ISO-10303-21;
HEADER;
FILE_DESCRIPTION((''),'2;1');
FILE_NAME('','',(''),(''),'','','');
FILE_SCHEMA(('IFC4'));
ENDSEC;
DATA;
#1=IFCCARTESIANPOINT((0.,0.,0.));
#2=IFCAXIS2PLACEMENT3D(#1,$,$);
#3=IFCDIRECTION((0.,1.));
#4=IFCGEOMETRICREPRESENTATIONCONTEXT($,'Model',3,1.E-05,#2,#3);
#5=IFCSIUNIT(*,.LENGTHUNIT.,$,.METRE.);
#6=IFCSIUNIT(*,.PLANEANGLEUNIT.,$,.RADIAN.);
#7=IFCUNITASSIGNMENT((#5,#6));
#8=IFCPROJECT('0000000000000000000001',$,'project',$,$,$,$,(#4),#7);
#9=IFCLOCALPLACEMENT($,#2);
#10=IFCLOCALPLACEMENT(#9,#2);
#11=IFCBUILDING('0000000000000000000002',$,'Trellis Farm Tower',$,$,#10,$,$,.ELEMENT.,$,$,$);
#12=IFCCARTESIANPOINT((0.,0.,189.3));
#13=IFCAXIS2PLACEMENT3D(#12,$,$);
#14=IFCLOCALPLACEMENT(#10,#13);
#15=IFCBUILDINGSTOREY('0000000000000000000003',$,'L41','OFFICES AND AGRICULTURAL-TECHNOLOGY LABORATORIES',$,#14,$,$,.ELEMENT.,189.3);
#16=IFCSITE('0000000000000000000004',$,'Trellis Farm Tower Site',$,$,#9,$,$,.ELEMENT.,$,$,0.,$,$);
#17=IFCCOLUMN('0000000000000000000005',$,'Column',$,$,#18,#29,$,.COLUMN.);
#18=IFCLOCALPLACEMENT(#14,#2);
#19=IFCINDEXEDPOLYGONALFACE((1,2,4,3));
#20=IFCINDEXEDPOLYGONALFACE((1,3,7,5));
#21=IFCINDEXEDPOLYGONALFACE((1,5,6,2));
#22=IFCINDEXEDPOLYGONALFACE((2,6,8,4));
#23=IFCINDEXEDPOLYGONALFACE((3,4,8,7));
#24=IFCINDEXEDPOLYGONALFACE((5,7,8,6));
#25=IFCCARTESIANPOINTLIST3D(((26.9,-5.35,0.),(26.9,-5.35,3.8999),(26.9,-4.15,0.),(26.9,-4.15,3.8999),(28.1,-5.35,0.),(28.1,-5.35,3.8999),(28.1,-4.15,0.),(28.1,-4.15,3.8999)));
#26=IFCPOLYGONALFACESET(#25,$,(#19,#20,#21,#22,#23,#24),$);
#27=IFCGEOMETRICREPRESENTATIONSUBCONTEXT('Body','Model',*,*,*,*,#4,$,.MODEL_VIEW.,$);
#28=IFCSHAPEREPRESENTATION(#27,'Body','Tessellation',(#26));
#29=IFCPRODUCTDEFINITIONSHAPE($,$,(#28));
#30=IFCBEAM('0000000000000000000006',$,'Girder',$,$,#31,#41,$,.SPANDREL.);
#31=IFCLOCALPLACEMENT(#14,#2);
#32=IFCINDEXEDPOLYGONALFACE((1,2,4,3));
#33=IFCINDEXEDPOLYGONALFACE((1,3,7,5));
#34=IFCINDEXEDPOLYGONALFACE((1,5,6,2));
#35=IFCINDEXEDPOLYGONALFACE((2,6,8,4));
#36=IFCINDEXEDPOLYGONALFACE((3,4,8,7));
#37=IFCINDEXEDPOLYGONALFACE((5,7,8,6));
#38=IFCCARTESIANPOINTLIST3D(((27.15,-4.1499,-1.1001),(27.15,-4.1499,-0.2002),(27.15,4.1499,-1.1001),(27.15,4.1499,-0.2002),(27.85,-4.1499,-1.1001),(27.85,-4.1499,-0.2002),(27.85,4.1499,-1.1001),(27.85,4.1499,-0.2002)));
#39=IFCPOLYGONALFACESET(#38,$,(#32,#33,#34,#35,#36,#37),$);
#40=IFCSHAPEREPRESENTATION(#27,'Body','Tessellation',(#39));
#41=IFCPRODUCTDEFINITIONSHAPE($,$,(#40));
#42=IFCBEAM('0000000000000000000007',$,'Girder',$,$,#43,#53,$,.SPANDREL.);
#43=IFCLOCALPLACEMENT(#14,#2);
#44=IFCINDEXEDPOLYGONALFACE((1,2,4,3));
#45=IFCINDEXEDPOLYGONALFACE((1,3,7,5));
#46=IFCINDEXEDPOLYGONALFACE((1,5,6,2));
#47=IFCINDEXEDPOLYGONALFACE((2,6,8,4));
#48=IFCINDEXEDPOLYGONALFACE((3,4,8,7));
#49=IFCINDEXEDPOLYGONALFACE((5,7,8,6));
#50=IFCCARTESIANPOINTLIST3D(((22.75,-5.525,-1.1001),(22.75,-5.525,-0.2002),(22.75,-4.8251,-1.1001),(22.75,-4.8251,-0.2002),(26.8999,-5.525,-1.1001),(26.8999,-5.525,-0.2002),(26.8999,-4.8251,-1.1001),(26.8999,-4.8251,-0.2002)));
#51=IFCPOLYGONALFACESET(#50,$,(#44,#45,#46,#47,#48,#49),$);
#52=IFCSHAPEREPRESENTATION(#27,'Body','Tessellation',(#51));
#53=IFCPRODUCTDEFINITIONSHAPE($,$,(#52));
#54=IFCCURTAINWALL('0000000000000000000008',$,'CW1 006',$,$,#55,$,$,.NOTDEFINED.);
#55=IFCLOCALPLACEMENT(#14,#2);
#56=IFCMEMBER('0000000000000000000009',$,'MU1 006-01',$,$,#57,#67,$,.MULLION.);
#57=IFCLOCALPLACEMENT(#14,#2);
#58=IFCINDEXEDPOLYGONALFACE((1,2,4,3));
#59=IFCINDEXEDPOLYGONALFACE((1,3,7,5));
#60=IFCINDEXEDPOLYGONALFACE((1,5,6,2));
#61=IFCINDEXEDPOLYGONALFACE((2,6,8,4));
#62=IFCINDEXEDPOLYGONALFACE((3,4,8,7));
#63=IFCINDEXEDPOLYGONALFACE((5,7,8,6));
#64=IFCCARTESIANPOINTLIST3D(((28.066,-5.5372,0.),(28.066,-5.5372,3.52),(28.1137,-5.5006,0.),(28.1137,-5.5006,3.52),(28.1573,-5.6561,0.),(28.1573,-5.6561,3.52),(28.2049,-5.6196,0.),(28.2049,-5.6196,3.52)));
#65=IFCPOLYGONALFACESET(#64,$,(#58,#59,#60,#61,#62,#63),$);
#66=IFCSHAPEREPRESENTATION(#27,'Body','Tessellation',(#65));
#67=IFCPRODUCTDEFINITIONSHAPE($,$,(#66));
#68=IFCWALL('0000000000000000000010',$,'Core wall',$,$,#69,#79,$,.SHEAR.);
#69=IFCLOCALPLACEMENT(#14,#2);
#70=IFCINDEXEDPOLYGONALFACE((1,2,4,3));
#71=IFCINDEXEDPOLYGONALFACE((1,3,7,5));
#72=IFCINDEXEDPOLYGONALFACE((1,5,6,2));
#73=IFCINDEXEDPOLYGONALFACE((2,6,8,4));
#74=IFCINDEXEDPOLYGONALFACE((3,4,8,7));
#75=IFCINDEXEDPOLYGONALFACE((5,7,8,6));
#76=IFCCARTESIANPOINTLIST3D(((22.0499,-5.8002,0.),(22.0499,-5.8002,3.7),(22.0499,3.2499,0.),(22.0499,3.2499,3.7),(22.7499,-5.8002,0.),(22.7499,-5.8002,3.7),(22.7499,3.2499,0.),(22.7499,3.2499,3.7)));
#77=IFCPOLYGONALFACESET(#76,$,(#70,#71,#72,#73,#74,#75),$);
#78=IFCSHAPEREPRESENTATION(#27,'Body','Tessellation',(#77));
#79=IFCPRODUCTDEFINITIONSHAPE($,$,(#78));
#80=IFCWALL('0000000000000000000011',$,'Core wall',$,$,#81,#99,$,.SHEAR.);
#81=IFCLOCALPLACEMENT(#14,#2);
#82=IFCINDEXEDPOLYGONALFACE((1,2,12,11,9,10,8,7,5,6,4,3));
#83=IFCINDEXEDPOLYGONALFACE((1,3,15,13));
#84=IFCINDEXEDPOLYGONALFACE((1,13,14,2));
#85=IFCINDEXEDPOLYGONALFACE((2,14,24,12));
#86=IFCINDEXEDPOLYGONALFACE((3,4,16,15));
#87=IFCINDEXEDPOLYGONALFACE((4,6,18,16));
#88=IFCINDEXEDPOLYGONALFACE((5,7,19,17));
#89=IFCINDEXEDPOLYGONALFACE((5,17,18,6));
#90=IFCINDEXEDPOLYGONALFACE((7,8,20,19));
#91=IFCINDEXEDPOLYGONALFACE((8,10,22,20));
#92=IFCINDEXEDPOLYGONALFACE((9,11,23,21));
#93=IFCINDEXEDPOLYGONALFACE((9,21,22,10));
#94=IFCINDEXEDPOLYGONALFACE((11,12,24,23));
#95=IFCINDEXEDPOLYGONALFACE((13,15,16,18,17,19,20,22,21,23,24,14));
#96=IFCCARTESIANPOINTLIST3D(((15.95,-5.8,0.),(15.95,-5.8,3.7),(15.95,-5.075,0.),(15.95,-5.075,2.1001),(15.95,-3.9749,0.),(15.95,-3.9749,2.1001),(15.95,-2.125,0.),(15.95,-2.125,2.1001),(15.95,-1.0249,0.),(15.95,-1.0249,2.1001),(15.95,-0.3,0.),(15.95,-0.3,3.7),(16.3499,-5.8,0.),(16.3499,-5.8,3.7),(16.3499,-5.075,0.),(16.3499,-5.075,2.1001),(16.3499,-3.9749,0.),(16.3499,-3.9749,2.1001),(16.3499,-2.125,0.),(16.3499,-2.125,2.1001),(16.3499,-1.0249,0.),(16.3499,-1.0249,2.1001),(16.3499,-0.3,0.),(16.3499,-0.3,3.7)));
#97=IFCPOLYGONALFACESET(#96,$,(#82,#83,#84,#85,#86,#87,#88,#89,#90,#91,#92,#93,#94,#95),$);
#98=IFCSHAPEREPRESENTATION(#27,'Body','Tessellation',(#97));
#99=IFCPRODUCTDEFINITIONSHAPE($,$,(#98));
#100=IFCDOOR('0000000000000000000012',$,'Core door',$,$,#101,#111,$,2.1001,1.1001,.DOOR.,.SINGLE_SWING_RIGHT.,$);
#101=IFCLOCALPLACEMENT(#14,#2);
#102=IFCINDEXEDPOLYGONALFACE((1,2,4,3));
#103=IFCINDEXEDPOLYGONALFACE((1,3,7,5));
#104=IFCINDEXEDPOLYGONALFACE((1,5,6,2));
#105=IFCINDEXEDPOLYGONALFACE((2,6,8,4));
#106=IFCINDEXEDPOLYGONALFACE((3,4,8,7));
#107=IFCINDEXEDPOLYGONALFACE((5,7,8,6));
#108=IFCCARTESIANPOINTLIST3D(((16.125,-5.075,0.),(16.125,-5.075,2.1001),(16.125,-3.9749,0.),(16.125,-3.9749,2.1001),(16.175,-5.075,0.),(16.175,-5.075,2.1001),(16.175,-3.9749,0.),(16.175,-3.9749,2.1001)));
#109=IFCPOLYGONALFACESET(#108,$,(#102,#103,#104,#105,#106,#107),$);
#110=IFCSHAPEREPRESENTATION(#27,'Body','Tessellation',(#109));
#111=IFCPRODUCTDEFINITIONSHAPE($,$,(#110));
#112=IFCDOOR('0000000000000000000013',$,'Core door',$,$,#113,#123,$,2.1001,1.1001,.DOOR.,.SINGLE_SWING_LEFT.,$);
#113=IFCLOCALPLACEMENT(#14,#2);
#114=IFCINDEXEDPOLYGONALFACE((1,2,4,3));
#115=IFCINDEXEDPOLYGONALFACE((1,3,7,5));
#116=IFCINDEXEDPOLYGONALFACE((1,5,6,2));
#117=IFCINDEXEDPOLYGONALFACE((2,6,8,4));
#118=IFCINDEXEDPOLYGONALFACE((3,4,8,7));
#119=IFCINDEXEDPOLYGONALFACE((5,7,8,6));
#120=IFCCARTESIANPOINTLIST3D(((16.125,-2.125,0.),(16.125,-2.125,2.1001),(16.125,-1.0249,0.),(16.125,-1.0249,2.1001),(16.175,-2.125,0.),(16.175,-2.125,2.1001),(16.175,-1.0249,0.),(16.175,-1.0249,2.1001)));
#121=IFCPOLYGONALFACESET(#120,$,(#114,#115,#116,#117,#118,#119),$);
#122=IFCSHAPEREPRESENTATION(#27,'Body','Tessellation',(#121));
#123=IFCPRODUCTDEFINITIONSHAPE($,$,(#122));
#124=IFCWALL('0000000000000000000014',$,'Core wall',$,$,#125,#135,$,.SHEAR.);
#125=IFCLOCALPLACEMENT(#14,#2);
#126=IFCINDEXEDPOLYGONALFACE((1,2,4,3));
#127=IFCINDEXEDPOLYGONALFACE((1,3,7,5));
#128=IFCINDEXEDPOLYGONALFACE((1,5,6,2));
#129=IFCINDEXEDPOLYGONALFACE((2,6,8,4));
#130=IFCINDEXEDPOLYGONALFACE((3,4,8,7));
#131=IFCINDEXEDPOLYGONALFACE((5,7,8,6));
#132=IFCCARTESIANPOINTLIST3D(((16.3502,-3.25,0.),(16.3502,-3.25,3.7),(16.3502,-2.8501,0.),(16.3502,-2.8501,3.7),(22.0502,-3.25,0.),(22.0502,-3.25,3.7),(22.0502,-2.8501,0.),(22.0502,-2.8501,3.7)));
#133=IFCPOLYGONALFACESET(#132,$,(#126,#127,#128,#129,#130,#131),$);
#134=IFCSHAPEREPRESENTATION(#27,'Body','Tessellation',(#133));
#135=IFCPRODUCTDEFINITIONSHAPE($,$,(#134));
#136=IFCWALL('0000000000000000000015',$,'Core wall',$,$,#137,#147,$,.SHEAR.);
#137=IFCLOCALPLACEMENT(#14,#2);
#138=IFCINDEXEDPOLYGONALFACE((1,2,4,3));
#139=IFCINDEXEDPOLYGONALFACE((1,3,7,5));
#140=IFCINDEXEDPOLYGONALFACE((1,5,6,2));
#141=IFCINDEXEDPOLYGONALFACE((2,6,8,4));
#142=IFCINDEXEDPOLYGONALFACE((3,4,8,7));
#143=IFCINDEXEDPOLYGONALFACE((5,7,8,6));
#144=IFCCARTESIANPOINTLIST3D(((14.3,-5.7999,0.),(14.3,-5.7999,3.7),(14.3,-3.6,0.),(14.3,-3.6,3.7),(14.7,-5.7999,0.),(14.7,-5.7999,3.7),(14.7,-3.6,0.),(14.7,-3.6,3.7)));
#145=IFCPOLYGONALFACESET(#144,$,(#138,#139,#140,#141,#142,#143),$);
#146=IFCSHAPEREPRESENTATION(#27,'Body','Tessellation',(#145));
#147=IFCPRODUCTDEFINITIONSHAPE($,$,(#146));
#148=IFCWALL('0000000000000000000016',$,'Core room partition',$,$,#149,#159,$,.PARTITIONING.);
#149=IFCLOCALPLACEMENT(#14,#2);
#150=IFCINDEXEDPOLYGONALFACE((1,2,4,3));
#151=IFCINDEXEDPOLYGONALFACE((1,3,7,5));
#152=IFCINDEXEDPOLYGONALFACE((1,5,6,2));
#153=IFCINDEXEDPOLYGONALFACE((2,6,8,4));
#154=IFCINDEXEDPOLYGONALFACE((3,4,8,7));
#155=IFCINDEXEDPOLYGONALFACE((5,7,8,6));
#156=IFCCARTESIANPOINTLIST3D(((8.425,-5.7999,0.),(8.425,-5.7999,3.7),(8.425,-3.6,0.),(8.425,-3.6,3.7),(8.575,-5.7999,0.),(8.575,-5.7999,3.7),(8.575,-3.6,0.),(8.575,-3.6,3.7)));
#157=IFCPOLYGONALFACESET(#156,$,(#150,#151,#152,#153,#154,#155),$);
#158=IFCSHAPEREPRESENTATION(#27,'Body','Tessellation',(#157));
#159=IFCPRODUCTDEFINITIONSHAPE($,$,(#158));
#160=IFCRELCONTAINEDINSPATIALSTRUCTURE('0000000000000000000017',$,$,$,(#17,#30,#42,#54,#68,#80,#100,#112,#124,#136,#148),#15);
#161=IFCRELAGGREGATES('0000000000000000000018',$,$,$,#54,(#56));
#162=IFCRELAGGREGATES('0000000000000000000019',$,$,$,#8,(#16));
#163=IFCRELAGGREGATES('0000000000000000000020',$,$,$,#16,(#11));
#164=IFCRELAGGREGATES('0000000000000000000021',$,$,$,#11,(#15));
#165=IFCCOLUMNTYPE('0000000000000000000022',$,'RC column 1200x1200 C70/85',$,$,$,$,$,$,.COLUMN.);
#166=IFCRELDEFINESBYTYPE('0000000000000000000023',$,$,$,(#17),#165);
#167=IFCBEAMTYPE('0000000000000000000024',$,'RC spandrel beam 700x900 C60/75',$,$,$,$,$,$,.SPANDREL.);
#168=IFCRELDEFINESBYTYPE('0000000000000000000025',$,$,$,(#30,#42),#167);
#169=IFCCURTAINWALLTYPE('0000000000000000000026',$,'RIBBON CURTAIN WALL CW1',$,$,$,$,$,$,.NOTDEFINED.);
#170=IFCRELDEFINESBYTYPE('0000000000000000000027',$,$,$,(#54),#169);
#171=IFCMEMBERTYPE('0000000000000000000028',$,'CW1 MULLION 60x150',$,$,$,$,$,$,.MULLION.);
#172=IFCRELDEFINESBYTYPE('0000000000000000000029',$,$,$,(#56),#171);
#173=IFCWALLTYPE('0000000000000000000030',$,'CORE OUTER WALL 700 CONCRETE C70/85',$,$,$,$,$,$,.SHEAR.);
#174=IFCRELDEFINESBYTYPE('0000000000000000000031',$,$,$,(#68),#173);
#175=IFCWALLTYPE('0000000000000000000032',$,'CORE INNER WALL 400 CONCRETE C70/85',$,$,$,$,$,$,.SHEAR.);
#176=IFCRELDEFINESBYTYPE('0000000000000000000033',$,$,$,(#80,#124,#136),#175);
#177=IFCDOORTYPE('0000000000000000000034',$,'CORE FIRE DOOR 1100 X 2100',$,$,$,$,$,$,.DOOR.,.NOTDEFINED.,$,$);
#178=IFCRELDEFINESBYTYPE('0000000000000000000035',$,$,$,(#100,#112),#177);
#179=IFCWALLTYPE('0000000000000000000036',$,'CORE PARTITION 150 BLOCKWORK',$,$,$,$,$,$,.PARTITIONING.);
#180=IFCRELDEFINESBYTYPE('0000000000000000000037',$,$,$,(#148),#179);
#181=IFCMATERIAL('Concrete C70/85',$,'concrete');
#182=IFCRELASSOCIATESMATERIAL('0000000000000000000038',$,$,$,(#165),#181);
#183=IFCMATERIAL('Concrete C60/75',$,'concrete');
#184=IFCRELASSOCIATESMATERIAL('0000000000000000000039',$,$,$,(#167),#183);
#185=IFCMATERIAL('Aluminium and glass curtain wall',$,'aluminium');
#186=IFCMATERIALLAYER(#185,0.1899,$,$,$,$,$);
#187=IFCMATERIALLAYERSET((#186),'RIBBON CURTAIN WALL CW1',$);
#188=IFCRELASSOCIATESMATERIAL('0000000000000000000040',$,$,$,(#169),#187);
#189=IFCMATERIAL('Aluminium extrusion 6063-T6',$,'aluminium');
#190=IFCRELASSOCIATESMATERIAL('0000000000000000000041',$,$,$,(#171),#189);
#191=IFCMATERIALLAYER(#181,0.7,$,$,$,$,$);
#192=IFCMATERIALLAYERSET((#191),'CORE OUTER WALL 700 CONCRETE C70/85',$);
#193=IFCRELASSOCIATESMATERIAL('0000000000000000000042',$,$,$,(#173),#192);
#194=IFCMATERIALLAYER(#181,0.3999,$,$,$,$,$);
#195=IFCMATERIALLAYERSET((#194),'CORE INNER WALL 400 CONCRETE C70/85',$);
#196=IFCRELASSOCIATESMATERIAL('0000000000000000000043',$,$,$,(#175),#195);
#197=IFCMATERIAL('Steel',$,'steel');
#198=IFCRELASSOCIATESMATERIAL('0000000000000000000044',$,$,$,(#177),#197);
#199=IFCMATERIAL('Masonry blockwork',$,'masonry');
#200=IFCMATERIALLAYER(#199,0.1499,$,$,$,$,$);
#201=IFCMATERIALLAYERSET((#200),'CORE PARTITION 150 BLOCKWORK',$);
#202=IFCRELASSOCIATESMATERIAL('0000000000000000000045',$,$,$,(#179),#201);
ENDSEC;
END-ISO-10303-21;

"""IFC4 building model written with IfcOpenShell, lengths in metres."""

from ifc_helpers import new_model, si_unit, direction, frame, frame_2d, origin, origin_2d, place, context, subcontext, project, spatial, rectangle, extrude, source, transform, mapped, material, layer, layer_set, material_profile, profile_set, type_object, element, fill, aggregate, save


model = new_model("IFC4")

# Units and contexts
model_context = context("Model", 3, precision=1e-05, world=origin(), true_north=direction((0.0, 1.0)))
body_context = subcontext(model_context, "Body", "Model", "MODEL_VIEW")
ifc_project = project(units=[si_unit("LENGTHUNIT", "METRE"), si_unit("PLANEANGLEUNIT", "RADIAN")], contexts=[model_context])

# Site, building, storey
site_placement = place(None, origin())
site = spatial("IfcSite", under=ifc_project, at=site_placement, Name="Trellis Farm Tower Site", CompositionType="ELEMENT", RefElevation=0.0)
building_placement = place(site_placement, origin())
building = spatial("IfcBuilding", under=site, at=building_placement, Name="Trellis Farm Tower", CompositionType="ELEMENT")
storey_placement = place(building_placement, frame((0.0, 0.0, 189.3)))
storey = spatial("IfcBuildingStorey", under=building, at=storey_placement, Name="L41", Description="OFFICES AND AGRICULTURAL-TECHNOLOGY LABORATORIES", CompositionType="ELEMENT", Elevation=189.3)

# Column
ifc_material_1 = material(Name="Concrete C70/85", Category="concrete")
ifc_material_profile_1 = material_profile(ifc_material_1, rectangle(XDim=1.2, YDim=1.2, at=origin_2d()), Name="RC column 1200x1200 C70/85")
ifc_profile_set_1 = profile_set([ifc_material_profile_1], Name="Concrete C70/85")
column_type = type_object("IfcColumnType", Name="RC column 1200x1200 C70/85", PredefinedType="COLUMN", material=ifc_profile_set_1)
shared_shape_1 = source(origin(), body_context, "Body", "SweptSolid", [
    extrude(rectangle(XDim=1.2, YDim=1.2, at=origin_2d()), origin(), (0.0, 0.0, 1.0), 3.8999),
])
column_placement = place(storey_placement, frame((27.5, -4.75, 0.0), z_axis=(0.0, 0.0, 1.0), x_axis=(1.0, 0.0, 0.0)))
element("IfcColumn", 1, at=column_placement, inside=storey, type_object=column_type, Name="Column", PredefinedType="COLUMN", context=body_context, shape_type="MappedRepresentation", body=[
    mapped(shared_shape_1, transform((0.0, 0.0, 0.0))),
])

# Beams
ifc_material_2 = material(Name="Concrete C60/75", Category="concrete")
ifc_material_profile_2 = material_profile(ifc_material_2, rectangle(XDim=0.7, YDim=0.8999, at=origin_2d()), Name="RC spandrel beam 700x900 C60/75")
ifc_profile_set_2 = profile_set([ifc_material_profile_2], Name="Concrete C60/75")
beam_type = type_object("IfcBeamType", Name="RC spandrel beam 700x900 C60/75", PredefinedType="SPANDREL", material=ifc_profile_set_2)
shared_shape_2 = source(origin(), body_context, "Body", "SweptSolid", [
    extrude(rectangle(XDim=0.7, YDim=0.8999, at=origin_2d()), origin(), (0.0, 0.0, 1.0), 8.2998),
])
beam_1_placement = place(storey_placement, frame((27.5, -4.1499, -0.6501), z_axis=(0.0, 1.0, 0.0), x_axis=(-1.0, 0.0, 0.0)))
element("IfcBeam", 2, at=beam_1_placement, inside=storey, type_object=beam_type, Name="Girder", PredefinedType="SPANDREL", context=body_context, shape_type="MappedRepresentation", body=[
    mapped(shared_shape_2, transform((0.0, 0.0, 0.0))),
])
shared_shape_3 = source(origin(), body_context, "Body", "SweptSolid", [
    extrude(rectangle(XDim=0.7, YDim=0.8999, at=origin_2d()), origin(), (0.0, 0.0, 1.0), 4.1499),
])
beam_2_placement = place(storey_placement, frame((22.75, -5.175, -0.6501), z_axis=(1.0, 0.0, 0.0), x_axis=(0.0, 1.0, 0.0)))
element("IfcBeam", 3, at=beam_2_placement, inside=storey, type_object=beam_type, Name="Girder", PredefinedType="SPANDREL", context=body_context, shape_type="MappedRepresentation", body=[
    mapped(shared_shape_3, transform((0.0, 0.0, 0.0))),
])

# Curtain wall, member
ifc_material_3 = material(Name="Aluminium and glass curtain wall", Category="aluminium")
ifc_layer_1 = layer(ifc_material_3, 0.1899)
ifc_layer_set_1 = layer_set([ifc_layer_1], Name="RIBBON CURTAIN WALL CW1")
curtain_wall_type = type_object("IfcCurtainWallType", Name="RIBBON CURTAIN WALL CW1", PredefinedType="NOTDEFINED", material=ifc_layer_set_1)
placement = place(storey_placement, origin())
curtain_wall = element("IfcCurtainWall", 4, at=placement, inside=storey, type_object=curtain_wall_type, Name="CW1 006", PredefinedType="NOTDEFINED")
ifc_material_4 = material(Name="Aluminium extrusion 6063-T6", Category="aluminium")
ifc_material_profile_3 = material_profile(ifc_material_4, rectangle(XDim=0.0601, YDim=0.1499, at=origin_2d()), Name="MULLION 60x150")
ifc_profile_set_3 = profile_set([ifc_material_profile_3], Name="Aluminium extrusion 6063-T6")
member_type = type_object("IfcMemberType", Name="CW1 MULLION 60x150", PredefinedType="MULLION", material=ifc_profile_set_3)
shared_shape_4 = source(origin(), body_context, "Body", "SweptSolid", [
    extrude(rectangle(XDim=0.0601, YDim=0.1499, at=origin_2d()), origin(), (0.0, 0.0, 1.0), 3.52),
])
member_placement = place(storey_placement, frame((28.1355, -5.5784, 0.0), z_axis=(0.0, 0.0, 1.0), x_axis=(0.793353, 0.608761, 0.0)))
member = element("IfcMember", 5, at=member_placement, type_object=member_type, Name="MU1 006-01", PredefinedType="MULLION", context=body_context, shape_type="MappedRepresentation", body=[
    mapped(shared_shape_4, transform((0.0, 0.0, 0.0))),
])
aggregate(curtain_wall, [member])

# Wall
ifc_layer_2 = layer(ifc_material_1, 0.7)
ifc_layer_set_2 = layer_set([ifc_layer_2], Name="CORE OUTER WALL 700 CONCRETE C70/85")
wall_type_1 = type_object("IfcWallType", Name="CORE OUTER WALL 700 CONCRETE C70/85", PredefinedType="SHEAR", material=ifc_layer_set_2)
shared_shape_5 = source(origin(), body_context, "Body", "SweptSolid", [
    extrude(rectangle(XDim=9.05, YDim=0.7, at=frame_2d((4.5249, 0.0))), origin(), (0.0, 0.0, 1.0), 3.7),
])
wall_1_placement = place(storey_placement, frame((22.3999, -5.8, 0.0), z_axis=(0.0, 0.0, 1.0), x_axis=(0.0, 1.0, 0.0)))
element("IfcWall", 6, at=wall_1_placement, inside=storey, type_object=wall_type_1, Name="Core wall", PredefinedType="SHEAR", context=body_context, shape_type="MappedRepresentation", body=[
    mapped(shared_shape_5, transform((0.0, 0.0, 0.0))),
])

# Wall, openings, doors
ifc_layer_3 = layer(ifc_material_1, 0.3999)
ifc_layer_set_3 = layer_set([ifc_layer_3], Name="CORE INNER WALL 400 CONCRETE C70/85")
wall_type_2 = type_object("IfcWallType", Name="CORE INNER WALL 400 CONCRETE C70/85", PredefinedType="SHEAR", material=ifc_layer_set_3)
shared_shape_6 = source(origin(), body_context, "Body", "SweptSolid", [
    extrude(rectangle(XDim=5.5, YDim=0.3999, at=frame_2d((2.75, 0.0))), origin(), (0.0, 0.0, 1.0), 3.7),
])
wall_2_placement = place(storey_placement, frame((16.1499, -5.8, 0.0), z_axis=(0.0, 0.0, 1.0), x_axis=(0.0, 1.0, 0.0)))
wall_2 = element("IfcWall", 7, at=wall_2_placement, inside=storey, type_object=wall_type_2, Name="Core wall", PredefinedType="SHEAR", context=body_context, shape_type="MappedRepresentation", body=[
    mapped(shared_shape_6, transform((0.0, 0.0, 0.0))),
])
shared_shape_7 = source(origin(), body_context, "Body", "SweptSolid", [
    extrude(rectangle(XDim=1.1001, YDim=2.1001, at=frame_2d((0.55, 1.05))), frame((0.0, 0.21, 0.0), z_axis=(0.0, -1.0, 0.0), x_axis=(1.0, 0.0, 0.0)), (0.0, 0.0, 1.0), 0.4199),
])
opening_1_placement = place(wall_2_placement, frame((0.7251, 0.0, 0.0)))
opening_1 = element("IfcOpeningElement", 8, at=opening_1_placement, cuts=wall_2, PredefinedType="OPENING", context=body_context, shape_type="MappedRepresentation", body=[
    mapped(shared_shape_7, transform((0.0, 0.0, 0.0))),
])
opening_2_placement = place(wall_2_placement, frame((3.675, 0.0, 0.0)))
opening_2 = element("IfcOpeningElement", 9, at=opening_2_placement, cuts=wall_2, PredefinedType="OPENING", context=body_context, shape_type="MappedRepresentation", body=[
    mapped(shared_shape_7, transform((0.0, 0.0, 0.0))),
])
ifc_material_5 = material(Name="Steel", Category="steel")
door_type = type_object("IfcDoorType", Name="CORE FIRE DOOR 1100 X 2100", OperationType="NOTDEFINED", PredefinedType="DOOR", material=ifc_material_5)
shared_shape_8 = source(origin(), body_context, "Body", "SweptSolid", [
    extrude(rectangle(XDim=1.1001, YDim=2.1001, at=frame_2d((0.55, 1.05))), frame((0.0, 0.0249, 0.0), z_axis=(0.0, -1.0, 0.0), x_axis=(1.0, 0.0, 0.0)), (0.0, 0.0, 1.0), 0.05),
])
door_1_placement = place(opening_1_placement, origin())
door_1 = element("IfcDoor", 10, at=door_1_placement, inside=storey, type_object=door_type, Name="Core door", OperationType="SINGLE_SWING_RIGHT", OverallHeight=2.1001, OverallWidth=1.1001, PredefinedType="DOOR", context=body_context, shape_type="MappedRepresentation", body=[
    mapped(shared_shape_8, transform((0.0, 0.0, 0.0))),
])
fill(opening_1, door_1)
door_2_placement = place(opening_2_placement, origin())
door_2 = element("IfcDoor", 11, at=door_2_placement, inside=storey, type_object=door_type, Name="Core door", OperationType="SINGLE_SWING_LEFT", OverallHeight=2.1001, OverallWidth=1.1001, PredefinedType="DOOR", context=body_context, shape_type="MappedRepresentation", body=[
    mapped(shared_shape_8, transform((0.0, 0.0, 0.0))),
])
fill(opening_2, door_2)

# Walls
shared_shape_9 = source(origin(), body_context, "Body", "SweptSolid", [
    extrude(rectangle(XDim=5.7, YDim=0.3999, at=frame_2d((2.8501, 0.0))), origin(), (0.0, 0.0, 1.0), 3.7),
])
wall_3_placement = place(storey_placement, frame((16.3501, -3.05, 0.0), z_axis=(0.0, 0.0, 1.0), x_axis=(1.0, 0.0, 0.0)))
element("IfcWall", 12, at=wall_3_placement, inside=storey, type_object=wall_type_2, Name="Core wall", PredefinedType="SHEAR", context=body_context, shape_type="MappedRepresentation", body=[
    mapped(shared_shape_9, transform((0.0, 0.0, 0.0))),
])
shared_shape_10 = source(origin(), body_context, "Body", "SweptSolid", [
    extrude(rectangle(XDim=2.2, YDim=0.3999, at=frame_2d((1.1001, 0.0))), origin(), (0.0, 0.0, 1.0), 3.7),
])
wall_4_placement = place(storey_placement, frame((14.5, -5.8, 0.0), z_axis=(0.0, 0.0, 1.0), x_axis=(0.0, 1.0, 0.0)))
element("IfcWall", 13, at=wall_4_placement, inside=storey, type_object=wall_type_2, Name="Core wall", PredefinedType="SHEAR", context=body_context, shape_type="MappedRepresentation", body=[
    mapped(shared_shape_10, transform((0.0, 0.0, 0.0))),
])
ifc_material_6 = material(Name="Masonry blockwork", Category="masonry")
ifc_layer_4 = layer(ifc_material_6, 0.1499)
ifc_layer_set_4 = layer_set([ifc_layer_4], Name="CORE PARTITION 150 BLOCKWORK")
wall_type_3 = type_object("IfcWallType", Name="CORE PARTITION 150 BLOCKWORK", PredefinedType="PARTITIONING", material=ifc_layer_set_4)
shared_shape_11 = source(origin(), body_context, "Body", "SweptSolid", [
    extrude(rectangle(XDim=2.2, YDim=0.1499, at=frame_2d((1.1001, 0.0))), origin(), (0.0, 0.0, 1.0), 3.7),
])
for number, where, z_axis, x_axis, name in (
    (14, (8.5, -5.8, 0.0), (0.0, 0.0, 1.0), (0.0, 1.0, 0.0), "Core room partition"),
):
    element("IfcWall", number, at=place(storey_placement, frame(where, z_axis=z_axis, x_axis=x_axis)), inside=storey, type_object=wall_type_3, Name=name, PredefinedType="PARTITIONING", context=body_context, shape_type="MappedRepresentation", body=[
        mapped(shared_shape_11, transform((0.0, 0.0, 0.0))),
    ])

save(model, "model.ifc")
